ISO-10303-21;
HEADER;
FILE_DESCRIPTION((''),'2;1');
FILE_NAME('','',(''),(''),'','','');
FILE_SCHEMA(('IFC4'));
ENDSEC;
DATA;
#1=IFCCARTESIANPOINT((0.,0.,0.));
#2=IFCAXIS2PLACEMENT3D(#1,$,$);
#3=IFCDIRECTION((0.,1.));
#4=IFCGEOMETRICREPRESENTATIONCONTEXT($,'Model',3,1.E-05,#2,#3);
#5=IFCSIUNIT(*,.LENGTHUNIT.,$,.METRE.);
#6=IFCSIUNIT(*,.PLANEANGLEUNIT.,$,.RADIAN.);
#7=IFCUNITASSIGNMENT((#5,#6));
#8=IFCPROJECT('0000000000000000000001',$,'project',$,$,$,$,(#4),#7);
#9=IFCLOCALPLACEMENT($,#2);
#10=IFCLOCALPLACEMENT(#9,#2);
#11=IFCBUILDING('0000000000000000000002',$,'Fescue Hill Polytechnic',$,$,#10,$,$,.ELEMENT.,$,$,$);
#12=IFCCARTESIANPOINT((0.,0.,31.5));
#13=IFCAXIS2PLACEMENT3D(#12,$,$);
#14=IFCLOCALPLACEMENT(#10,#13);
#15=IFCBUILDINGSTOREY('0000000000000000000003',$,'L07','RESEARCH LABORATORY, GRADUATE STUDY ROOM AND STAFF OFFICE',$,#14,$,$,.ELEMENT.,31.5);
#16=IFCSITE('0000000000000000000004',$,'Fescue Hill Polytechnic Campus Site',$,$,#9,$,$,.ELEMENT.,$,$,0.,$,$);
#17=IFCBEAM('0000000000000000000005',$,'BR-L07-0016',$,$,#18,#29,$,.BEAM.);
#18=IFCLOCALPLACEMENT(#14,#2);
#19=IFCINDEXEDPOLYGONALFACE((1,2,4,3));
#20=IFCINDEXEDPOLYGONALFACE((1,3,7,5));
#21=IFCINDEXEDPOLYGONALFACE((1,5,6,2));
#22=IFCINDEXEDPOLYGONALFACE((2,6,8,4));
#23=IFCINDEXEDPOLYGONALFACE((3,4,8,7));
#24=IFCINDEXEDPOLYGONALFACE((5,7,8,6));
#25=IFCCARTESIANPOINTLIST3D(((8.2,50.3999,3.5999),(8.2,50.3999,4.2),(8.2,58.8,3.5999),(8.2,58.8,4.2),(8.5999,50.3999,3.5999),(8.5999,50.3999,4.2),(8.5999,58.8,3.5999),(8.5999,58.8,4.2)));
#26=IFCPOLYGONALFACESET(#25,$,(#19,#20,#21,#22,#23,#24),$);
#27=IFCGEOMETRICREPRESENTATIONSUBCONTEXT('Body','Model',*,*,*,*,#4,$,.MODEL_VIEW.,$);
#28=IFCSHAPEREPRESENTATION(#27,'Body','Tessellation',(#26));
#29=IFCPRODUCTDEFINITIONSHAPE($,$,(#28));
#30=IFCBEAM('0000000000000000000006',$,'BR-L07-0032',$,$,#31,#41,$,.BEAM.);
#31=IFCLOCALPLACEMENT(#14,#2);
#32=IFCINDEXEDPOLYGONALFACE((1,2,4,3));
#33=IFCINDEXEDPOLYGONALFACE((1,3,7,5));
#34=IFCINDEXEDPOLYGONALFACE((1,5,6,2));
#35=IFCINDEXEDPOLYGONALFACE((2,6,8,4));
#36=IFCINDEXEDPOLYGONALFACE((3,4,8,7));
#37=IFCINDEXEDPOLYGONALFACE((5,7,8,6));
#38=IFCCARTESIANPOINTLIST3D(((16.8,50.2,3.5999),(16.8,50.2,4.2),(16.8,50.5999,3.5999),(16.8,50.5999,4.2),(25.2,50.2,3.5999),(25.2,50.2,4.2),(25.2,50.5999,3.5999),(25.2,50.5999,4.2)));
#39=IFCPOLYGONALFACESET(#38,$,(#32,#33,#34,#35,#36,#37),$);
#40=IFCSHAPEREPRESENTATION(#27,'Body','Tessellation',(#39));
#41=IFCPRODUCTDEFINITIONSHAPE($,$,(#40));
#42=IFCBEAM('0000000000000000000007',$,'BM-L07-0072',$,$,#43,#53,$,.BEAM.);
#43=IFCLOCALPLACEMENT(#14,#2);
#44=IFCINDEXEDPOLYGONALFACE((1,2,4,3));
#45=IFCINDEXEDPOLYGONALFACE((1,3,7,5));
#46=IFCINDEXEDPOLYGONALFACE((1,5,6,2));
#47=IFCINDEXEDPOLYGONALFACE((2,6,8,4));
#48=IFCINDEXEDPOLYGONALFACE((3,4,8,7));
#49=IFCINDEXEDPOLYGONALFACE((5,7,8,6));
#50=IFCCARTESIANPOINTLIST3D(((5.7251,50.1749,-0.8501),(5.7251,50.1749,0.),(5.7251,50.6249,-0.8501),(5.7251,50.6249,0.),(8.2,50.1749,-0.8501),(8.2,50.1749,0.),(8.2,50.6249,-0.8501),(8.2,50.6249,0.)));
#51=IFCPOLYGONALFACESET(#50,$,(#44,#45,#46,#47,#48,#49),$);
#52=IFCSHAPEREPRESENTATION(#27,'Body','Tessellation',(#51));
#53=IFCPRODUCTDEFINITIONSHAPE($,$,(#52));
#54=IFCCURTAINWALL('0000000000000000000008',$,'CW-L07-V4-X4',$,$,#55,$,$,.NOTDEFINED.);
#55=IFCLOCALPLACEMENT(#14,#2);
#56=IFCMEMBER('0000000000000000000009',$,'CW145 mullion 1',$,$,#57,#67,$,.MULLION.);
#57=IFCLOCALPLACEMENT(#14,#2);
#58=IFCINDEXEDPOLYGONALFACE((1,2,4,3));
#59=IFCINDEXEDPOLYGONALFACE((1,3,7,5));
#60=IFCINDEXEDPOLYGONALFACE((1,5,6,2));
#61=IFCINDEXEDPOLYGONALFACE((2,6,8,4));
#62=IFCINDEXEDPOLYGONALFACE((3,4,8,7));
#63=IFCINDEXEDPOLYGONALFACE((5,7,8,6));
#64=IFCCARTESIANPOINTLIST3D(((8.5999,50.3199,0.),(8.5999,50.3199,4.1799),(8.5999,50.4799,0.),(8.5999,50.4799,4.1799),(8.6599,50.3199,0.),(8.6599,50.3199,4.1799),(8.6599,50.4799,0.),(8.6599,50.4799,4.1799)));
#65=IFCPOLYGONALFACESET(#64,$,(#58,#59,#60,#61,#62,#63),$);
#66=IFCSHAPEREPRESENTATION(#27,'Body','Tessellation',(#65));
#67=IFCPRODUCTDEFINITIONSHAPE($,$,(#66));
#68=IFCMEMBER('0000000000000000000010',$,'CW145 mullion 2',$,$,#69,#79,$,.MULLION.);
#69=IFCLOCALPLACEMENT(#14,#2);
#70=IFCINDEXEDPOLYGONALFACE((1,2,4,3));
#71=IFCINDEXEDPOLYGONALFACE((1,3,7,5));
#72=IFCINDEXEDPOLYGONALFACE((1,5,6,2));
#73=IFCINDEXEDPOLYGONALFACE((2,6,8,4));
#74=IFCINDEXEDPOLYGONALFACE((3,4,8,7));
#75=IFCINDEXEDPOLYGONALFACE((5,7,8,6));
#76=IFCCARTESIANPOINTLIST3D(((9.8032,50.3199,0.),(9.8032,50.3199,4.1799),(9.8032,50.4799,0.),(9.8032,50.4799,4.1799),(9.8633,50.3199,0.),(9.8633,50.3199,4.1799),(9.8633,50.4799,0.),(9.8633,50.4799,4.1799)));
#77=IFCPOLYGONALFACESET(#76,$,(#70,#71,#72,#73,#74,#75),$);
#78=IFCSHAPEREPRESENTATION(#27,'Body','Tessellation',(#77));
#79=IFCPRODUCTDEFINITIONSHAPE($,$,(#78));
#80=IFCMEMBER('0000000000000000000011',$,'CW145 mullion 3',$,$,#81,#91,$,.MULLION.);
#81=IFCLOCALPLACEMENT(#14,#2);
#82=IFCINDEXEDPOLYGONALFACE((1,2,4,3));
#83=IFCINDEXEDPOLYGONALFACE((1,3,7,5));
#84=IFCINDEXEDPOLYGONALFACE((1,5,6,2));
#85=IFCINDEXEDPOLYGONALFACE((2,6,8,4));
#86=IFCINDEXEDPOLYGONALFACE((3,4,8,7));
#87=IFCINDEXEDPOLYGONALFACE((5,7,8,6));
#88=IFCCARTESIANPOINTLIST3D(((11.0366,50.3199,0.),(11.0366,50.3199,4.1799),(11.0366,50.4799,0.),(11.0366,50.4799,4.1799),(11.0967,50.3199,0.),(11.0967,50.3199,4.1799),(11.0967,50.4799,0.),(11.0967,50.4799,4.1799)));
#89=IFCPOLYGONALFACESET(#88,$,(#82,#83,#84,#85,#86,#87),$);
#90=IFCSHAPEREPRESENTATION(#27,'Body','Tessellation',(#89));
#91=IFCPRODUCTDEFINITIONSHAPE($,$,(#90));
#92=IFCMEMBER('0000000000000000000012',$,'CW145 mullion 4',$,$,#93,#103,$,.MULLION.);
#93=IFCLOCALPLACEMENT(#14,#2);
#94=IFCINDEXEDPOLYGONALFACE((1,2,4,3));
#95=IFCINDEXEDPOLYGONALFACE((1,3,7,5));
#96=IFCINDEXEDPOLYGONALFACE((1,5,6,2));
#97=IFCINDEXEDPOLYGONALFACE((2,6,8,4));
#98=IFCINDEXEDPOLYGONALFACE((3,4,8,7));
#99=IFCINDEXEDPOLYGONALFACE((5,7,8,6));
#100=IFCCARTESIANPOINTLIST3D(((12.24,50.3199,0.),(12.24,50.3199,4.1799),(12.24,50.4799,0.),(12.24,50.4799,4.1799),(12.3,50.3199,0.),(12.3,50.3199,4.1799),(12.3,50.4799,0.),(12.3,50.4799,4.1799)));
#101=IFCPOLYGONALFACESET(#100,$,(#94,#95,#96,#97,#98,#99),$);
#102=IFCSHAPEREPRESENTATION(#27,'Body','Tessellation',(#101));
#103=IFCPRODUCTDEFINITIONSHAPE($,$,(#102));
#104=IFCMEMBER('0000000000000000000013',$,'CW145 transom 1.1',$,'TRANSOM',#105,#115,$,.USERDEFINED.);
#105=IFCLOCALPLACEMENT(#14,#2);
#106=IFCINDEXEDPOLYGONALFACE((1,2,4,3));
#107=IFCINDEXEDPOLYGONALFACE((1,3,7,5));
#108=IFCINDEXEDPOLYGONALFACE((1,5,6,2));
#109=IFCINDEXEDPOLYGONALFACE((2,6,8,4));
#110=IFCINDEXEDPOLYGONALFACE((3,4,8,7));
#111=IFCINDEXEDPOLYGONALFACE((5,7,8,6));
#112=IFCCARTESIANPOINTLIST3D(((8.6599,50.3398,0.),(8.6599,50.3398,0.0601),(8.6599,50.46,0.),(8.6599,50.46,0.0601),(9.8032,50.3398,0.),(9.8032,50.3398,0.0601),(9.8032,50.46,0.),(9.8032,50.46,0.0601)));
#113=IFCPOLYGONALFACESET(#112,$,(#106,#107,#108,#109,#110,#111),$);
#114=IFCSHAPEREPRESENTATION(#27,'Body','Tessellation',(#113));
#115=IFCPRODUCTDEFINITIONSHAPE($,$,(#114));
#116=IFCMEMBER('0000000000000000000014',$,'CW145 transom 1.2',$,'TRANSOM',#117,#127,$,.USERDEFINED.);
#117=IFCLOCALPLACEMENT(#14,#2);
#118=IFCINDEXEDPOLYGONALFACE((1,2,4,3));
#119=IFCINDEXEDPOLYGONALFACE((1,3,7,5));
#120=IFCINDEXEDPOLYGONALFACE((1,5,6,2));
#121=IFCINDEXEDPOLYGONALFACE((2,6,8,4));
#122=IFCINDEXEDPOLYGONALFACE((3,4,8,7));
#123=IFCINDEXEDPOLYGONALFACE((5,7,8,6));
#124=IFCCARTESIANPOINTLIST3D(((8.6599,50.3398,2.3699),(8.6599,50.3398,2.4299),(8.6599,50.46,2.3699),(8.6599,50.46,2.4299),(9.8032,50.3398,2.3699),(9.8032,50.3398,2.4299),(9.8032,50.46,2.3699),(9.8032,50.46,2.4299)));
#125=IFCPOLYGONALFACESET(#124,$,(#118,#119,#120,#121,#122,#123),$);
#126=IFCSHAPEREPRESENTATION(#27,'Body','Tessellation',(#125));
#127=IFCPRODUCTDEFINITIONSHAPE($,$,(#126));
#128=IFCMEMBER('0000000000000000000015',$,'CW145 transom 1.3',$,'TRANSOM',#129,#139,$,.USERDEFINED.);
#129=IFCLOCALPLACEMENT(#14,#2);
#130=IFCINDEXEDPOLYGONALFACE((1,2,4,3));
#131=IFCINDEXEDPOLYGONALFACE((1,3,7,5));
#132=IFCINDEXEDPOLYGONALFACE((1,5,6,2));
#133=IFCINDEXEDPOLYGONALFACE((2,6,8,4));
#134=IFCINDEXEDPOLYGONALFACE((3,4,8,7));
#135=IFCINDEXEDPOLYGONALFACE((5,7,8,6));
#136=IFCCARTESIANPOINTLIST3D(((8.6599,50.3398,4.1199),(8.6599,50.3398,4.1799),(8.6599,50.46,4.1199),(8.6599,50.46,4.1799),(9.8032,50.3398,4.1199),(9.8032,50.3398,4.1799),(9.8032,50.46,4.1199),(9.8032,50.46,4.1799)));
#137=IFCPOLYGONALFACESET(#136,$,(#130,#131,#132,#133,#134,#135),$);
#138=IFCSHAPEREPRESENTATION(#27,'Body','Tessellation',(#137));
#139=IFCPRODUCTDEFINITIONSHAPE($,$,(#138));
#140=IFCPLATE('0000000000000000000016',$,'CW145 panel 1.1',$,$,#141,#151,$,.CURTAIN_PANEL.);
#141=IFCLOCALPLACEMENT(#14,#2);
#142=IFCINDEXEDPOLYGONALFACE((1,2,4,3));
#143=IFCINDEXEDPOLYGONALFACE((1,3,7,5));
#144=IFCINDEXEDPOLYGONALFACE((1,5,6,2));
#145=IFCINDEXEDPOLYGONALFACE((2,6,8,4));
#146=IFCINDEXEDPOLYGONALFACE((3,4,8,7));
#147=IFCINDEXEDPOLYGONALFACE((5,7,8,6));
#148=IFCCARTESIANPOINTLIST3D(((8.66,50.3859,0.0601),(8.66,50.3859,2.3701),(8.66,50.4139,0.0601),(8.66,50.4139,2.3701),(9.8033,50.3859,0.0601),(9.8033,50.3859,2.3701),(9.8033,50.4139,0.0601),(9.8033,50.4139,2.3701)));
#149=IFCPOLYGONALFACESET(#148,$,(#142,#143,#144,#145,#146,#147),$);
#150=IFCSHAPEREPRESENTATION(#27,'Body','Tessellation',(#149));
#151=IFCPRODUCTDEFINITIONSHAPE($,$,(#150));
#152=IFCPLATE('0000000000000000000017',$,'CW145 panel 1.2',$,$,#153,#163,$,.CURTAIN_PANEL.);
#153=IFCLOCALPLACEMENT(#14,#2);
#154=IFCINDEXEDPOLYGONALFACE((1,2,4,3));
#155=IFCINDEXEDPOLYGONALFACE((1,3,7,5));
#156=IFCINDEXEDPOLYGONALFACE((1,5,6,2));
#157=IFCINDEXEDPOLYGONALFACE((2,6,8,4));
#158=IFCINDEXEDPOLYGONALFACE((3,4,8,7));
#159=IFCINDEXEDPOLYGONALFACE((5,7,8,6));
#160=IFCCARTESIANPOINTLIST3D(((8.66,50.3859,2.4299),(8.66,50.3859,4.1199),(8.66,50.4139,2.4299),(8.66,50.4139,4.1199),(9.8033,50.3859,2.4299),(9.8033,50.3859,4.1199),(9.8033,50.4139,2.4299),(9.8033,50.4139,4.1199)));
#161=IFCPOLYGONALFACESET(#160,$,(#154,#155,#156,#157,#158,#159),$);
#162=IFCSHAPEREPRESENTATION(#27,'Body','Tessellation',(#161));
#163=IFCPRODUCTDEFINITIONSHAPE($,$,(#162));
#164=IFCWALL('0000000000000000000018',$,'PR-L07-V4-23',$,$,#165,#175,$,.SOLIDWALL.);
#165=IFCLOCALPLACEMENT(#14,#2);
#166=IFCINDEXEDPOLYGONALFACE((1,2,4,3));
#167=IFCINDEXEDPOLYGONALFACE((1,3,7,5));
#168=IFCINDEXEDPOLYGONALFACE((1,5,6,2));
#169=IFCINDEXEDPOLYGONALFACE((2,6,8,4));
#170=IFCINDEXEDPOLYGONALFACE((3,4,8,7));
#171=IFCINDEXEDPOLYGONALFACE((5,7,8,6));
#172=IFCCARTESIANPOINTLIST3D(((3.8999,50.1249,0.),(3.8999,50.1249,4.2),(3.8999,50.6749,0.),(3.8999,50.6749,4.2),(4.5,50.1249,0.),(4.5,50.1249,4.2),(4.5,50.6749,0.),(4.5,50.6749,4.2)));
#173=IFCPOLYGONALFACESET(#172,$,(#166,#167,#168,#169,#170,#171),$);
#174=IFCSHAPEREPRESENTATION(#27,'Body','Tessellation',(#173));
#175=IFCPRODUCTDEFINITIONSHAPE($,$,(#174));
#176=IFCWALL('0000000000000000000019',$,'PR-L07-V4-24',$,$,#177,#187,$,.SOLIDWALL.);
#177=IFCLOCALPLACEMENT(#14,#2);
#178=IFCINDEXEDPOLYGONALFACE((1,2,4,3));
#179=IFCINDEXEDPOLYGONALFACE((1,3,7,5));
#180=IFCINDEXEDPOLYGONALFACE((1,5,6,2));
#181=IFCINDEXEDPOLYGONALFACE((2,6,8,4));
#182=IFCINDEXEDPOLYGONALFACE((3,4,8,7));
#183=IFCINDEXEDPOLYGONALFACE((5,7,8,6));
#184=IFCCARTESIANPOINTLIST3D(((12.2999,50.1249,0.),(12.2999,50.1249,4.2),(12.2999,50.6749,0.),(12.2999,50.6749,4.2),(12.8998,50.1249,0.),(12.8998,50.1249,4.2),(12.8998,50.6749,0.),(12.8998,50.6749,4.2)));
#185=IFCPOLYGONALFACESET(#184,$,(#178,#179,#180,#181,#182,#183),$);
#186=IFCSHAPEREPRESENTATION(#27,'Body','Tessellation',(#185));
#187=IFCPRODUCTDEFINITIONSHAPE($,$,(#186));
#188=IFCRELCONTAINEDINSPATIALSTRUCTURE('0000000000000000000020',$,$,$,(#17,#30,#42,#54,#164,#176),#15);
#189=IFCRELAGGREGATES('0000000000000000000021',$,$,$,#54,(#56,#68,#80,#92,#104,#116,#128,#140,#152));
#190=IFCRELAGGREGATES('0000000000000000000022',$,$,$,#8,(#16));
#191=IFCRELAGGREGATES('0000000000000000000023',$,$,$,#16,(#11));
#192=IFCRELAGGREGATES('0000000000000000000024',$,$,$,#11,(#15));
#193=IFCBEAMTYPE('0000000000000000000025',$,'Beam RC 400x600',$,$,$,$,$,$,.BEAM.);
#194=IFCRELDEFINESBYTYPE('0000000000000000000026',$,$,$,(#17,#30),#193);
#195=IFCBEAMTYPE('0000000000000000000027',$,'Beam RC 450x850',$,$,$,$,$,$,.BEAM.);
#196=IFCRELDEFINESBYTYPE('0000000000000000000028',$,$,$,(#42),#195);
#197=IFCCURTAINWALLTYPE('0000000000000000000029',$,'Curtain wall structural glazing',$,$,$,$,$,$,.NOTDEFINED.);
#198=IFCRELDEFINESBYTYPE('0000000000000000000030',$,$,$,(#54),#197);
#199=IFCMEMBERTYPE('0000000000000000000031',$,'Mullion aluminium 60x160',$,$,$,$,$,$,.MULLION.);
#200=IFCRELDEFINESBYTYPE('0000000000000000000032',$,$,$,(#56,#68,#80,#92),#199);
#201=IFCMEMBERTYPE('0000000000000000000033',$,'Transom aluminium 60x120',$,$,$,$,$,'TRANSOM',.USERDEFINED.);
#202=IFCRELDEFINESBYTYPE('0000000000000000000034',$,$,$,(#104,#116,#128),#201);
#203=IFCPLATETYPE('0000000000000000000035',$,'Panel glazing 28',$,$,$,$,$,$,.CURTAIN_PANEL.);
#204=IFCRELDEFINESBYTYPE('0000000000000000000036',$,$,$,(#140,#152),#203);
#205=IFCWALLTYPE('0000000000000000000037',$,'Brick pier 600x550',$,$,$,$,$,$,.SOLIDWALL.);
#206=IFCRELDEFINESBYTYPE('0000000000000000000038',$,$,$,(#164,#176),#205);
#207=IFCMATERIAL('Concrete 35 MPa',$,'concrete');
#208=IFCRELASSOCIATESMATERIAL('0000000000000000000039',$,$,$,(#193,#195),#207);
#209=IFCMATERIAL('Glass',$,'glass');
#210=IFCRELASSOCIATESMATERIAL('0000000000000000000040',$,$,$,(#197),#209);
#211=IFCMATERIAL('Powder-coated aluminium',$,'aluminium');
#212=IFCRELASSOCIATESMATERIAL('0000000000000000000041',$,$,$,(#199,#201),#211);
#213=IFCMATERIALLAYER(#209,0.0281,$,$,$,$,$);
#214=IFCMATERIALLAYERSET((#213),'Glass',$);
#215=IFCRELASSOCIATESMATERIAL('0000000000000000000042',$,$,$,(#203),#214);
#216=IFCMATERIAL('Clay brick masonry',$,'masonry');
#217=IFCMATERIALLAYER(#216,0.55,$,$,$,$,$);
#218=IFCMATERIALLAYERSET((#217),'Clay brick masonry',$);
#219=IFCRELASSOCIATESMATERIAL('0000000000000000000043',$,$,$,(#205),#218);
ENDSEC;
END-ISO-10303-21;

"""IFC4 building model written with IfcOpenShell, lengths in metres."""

from ifc_helpers import new_model, si_unit, direction, frame, frame_2d, origin, origin_2d, place, context, subcontext, project, spatial, rectangle, extrude, material, layer, layer_set, material_profile, profile_set, type_object, element, aggregate, save


model = new_model("IFC4")

# Units and contexts
model_context = context("Model", 3, precision=1e-05, world=origin(), true_north=direction((0.0, 1.0)))
body_context = subcontext(model_context, "Body", "Model", "MODEL_VIEW")
ifc_project = project(units=[si_unit("LENGTHUNIT", "METRE"), si_unit("PLANEANGLEUNIT", "RADIAN")], contexts=[model_context])

# Site, building, storey
site_placement = place(None, origin())
site = spatial("IfcSite", under=ifc_project, at=site_placement, Name="Fescue Hill Polytechnic Campus Site", CompositionType="ELEMENT", RefElevation=0.0)
building_placement = place(site_placement, origin())
building = spatial("IfcBuilding", under=site, at=building_placement, Name="Fescue Hill Polytechnic", CompositionType="ELEMENT")
storey_placement = place(building_placement, frame((0.0, 0.0, 31.5)))
storey = spatial("IfcBuildingStorey", under=building, at=storey_placement, Name="L07", Description="RESEARCH LABORATORY, GRADUATE STUDY ROOM AND STAFF OFFICE", CompositionType="ELEMENT", Elevation=31.5)

# Beams
ifc_material_1 = material(Name="Concrete 35 MPa", Category="concrete")
ifc_material_profile_1 = material_profile(ifc_material_1, rectangle(XDim=0.3999, YDim=0.6001, at=origin_2d()), Name="RC 400x600")
ifc_profile_set_1 = profile_set([ifc_material_profile_1], Name="Concrete 35 MPa")
beam_type_1 = type_object("IfcBeamType", Name="Beam RC 400x600", PredefinedType="BEAM", material=ifc_profile_set_1)
beam_1_placement = place(storey_placement, frame((8.3999, 50.3999, 3.8999), z_axis=(0.0, 1.0, 0.0), x_axis=(-1.0, 0.0, 0.0)))
element("IfcBeam", 1, at=beam_1_placement, inside=storey, type_object=beam_type_1, Name="BR-L07-0016", PredefinedType="BEAM", context=body_context, shape_type="SweptSolid", body=[
    extrude(rectangle(XDim=0.3999, YDim=0.6001, at=origin_2d()), origin(), (0.0, 0.0, 1.0), 8.4001),
])
beam_2_placement = place(storey_placement, frame((16.8, 50.3999, 3.8999), z_axis=(1.0, 0.0, 0.0), x_axis=(0.0, 1.0, 0.0)))
element("IfcBeam", 2, at=beam_2_placement, inside=storey, type_object=beam_type_1, Name="BR-L07-0032", PredefinedType="BEAM", context=body_context, shape_type="SweptSolid", body=[
    extrude(rectangle(XDim=0.3999, YDim=0.6001, at=origin_2d()), origin(), (0.0, 0.0, 1.0), 8.3999),
])
ifc_material_profile_2 = material_profile(ifc_material_1, rectangle(XDim=0.45, YDim=0.8501, at=origin_2d()), Name="RC 450x850")
ifc_profile_set_2 = profile_set([ifc_material_profile_2], Name="Concrete 35 MPa")
beam_type_2 = type_object("IfcBeamType", Name="Beam RC 450x850", PredefinedType="BEAM", material=ifc_profile_set_2)
beam_3_placement = place(storey_placement, frame((5.7251, 50.3999, -0.425), z_axis=(1.0, 0.0, 0.0), x_axis=(0.0, 1.0, 0.0)))
element("IfcBeam", 3, at=beam_3_placement, inside=storey, type_object=beam_type_2, Name="BM-L07-0072", PredefinedType="BEAM", context=body_context, shape_type="SweptSolid", body=[
    extrude(rectangle(XDim=0.45, YDim=0.8501, at=origin_2d()), origin(), (0.0, 0.0, 1.0), 2.4749),
])

# Curtain wall, members, plates
ifc_material_2 = material(Name="Glass", Category="glass")
curtain_wall_type = type_object("IfcCurtainWallType", Name="Curtain wall structural glazing", PredefinedType="NOTDEFINED", material=ifc_material_2)
curtain_wall_placement = place(storey_placement, origin())
curtain_wall = element("IfcCurtainWall", 4, at=curtain_wall_placement, inside=storey, type_object=curtain_wall_type, Name="CW-L07-V4-X4", PredefinedType="NOTDEFINED")
ifc_material_3 = material(Name="Powder-coated aluminium", Category="aluminium")
ifc_material_profile_3 = material_profile(ifc_material_3, rectangle(XDim=0.1599, YDim=0.0601, at=origin_2d()), Name="Mullion aluminium 60x160")
ifc_profile_set_3 = profile_set([ifc_material_profile_3], Name="Powder-coated aluminium")
member_type_1 = type_object("IfcMemberType", Name="Mullion aluminium 60x160", PredefinedType="MULLION", material=ifc_profile_set_3)
member_1_placement = place(storey_placement, frame((8.6299, 50.3999, 0.0), z_axis=(0.0, 0.0, 1.0), x_axis=(0.0, 1.0, 0.0)))
member_1 = element("IfcMember", 5, at=member_1_placement, type_object=member_type_1, Name="CW145 mullion 1", PredefinedType="MULLION", context=body_context, shape_type="SweptSolid", body=[
    extrude(rectangle(XDim=0.1599, YDim=0.0601, at=origin_2d()), origin(), (0.0, 0.0, 1.0), 4.1799),
])
member_2_placement = place(storey_placement, frame((9.8333, 50.3999, 0.0), z_axis=(0.0, 0.0, 1.0), x_axis=(0.0, 1.0, 0.0)))
member_2 = element("IfcMember", 6, at=member_2_placement, type_object=member_type_1, Name="CW145 mullion 2", PredefinedType="MULLION", context=body_context, shape_type="SweptSolid", body=[
    extrude(rectangle(XDim=0.1599, YDim=0.0601, at=origin_2d()), origin(), (0.0, 0.0, 1.0), 4.1799),
])
member_3_placement = place(storey_placement, frame((11.0667, 50.3999, 0.0), z_axis=(0.0, 0.0, 1.0), x_axis=(0.0, 1.0, 0.0)))
member_3 = element("IfcMember", 7, at=member_3_placement, type_object=member_type_1, Name="CW145 mullion 3", PredefinedType="MULLION", context=body_context, shape_type="SweptSolid", body=[
    extrude(rectangle(XDim=0.1599, YDim=0.0601, at=origin_2d()), origin(), (0.0, 0.0, 1.0), 4.1799),
])
member_4_placement = place(storey_placement, frame((12.27, 50.3999, 0.0), z_axis=(0.0, 0.0, 1.0), x_axis=(0.0, 1.0, 0.0)))
member_4 = element("IfcMember", 8, at=member_4_placement, type_object=member_type_1, Name="CW145 mullion 4", PredefinedType="MULLION", context=body_context, shape_type="SweptSolid", body=[
    extrude(rectangle(XDim=0.1599, YDim=0.0601, at=origin_2d()), origin(), (0.0, 0.0, 1.0), 4.1799),
])
ifc_material_profile_4 = material_profile(ifc_material_3, rectangle(XDim=0.1201, YDim=0.0601, at=origin_2d()), Name="Transom aluminium 60x120")
ifc_profile_set_4 = profile_set([ifc_material_profile_4], Name="Powder-coated aluminium")
member_type_2 = type_object("IfcMemberType", Name="Transom aluminium 60x120", ElementType="TRANSOM", PredefinedType="USERDEFINED", material=ifc_profile_set_4)
member_5_placement = place(storey_placement, frame((8.6599, 50.3999, 0.03), z_axis=(1.0, 0.0, 0.0), x_axis=(0.0, 1.0, 0.0)))
member_5 = element("IfcMember", 9, at=member_5_placement, type_object=member_type_2, Name="CW145 transom 1.1", ObjectType="TRANSOM", PredefinedType="USERDEFINED", context=body_context, shape_type="SweptSolid", body=[
    extrude(rectangle(XDim=0.1201, YDim=0.0601, at=origin_2d()), origin(), (0.0, 0.0, 1.0), 1.1433),
])
member_6_placement = place(storey_placement, frame((8.6599, 50.3999, 2.3999), z_axis=(1.0, 0.0, 0.0), x_axis=(0.0, 1.0, 0.0)))
member_6 = element("IfcMember", 10, at=member_6_placement, type_object=member_type_2, Name="CW145 transom 1.2", ObjectType="TRANSOM", PredefinedType="USERDEFINED", context=body_context, shape_type="SweptSolid", body=[
    extrude(rectangle(XDim=0.1201, YDim=0.0601, at=origin_2d()), origin(), (0.0, 0.0, 1.0), 1.1433),
])
member_7_placement = place(storey_placement, frame((8.6599, 50.3999, 4.1499), z_axis=(1.0, 0.0, 0.0), x_axis=(0.0, 1.0, 0.0)))
member_7 = element("IfcMember", 11, at=member_7_placement, type_object=member_type_2, Name="CW145 transom 1.3", ObjectType="TRANSOM", PredefinedType="USERDEFINED", context=body_context, shape_type="SweptSolid", body=[
    extrude(rectangle(XDim=0.1201, YDim=0.0601, at=origin_2d()), origin(), (0.0, 0.0, 1.0), 1.1433),
])
ifc_layer_1 = layer(ifc_material_2, 0.0281)
ifc_layer_set_1 = layer_set([ifc_layer_1], Name="Glass")
plate_type = type_object("IfcPlateType", Name="Panel glazing 28", PredefinedType="CURTAIN_PANEL", material=ifc_layer_set_1)
plate_1_placement = place(storey_placement, frame((9.2317, 50.3999, 0.0601), z_axis=(0.0, 0.0, 1.0), x_axis=(1.0, 0.0, 0.0)))
plate_1 = element("IfcPlate", 12, at=plate_1_placement, type_object=plate_type, Name="CW145 panel 1.1", PredefinedType="CURTAIN_PANEL", context=body_context, shape_type="SweptSolid", body=[
    extrude(rectangle(XDim=1.1433, YDim=0.0281, at=origin_2d()), origin(), (0.0, 0.0, 1.0), 2.3101),
])
plate_2_placement = place(storey_placement, frame((9.2317, 50.3999, 2.4299), z_axis=(0.0, 0.0, 1.0), x_axis=(1.0, 0.0, 0.0)))
plate_2 = element("IfcPlate", 13, at=plate_2_placement, type_object=plate_type, Name="CW145 panel 1.2", PredefinedType="CURTAIN_PANEL", context=body_context, shape_type="SweptSolid", body=[
    extrude(rectangle(XDim=1.1433, YDim=0.0281, at=origin_2d()), origin(), (0.0, 0.0, 1.0), 1.6899),
])
aggregate(curtain_wall, [member_1, member_2, member_3, member_4, member_5, member_6, member_7, plate_1, plate_2])

# Walls
ifc_material_4 = material(Name="Clay brick masonry", Category="masonry")
ifc_layer_2 = layer(ifc_material_4, 0.55)
ifc_layer_set_2 = layer_set([ifc_layer_2], Name="Clay brick masonry")
wall_type_1 = type_object("IfcWallType", Name="Brick pier 600x550", PredefinedType="SOLIDWALL", material=ifc_layer_set_2)
wall_1_placement = place(storey_placement, frame((3.8999, 50.3999, 0.0), z_axis=(0.0, 0.0, 1.0), x_axis=(1.0, 0.0, 0.0)))
element("IfcWall", 14, at=wall_1_placement, inside=storey, type_object=wall_type_1, Name="PR-L07-V4-23", PredefinedType="SOLIDWALL", context=body_context, shape_type="SweptSolid", body=[
    extrude(rectangle(XDim=0.6001, YDim=0.55, at=frame_2d((0.3, 0.0))), origin(), (0.0, 0.0, 1.0), 4.2),
])
wall_2_placement = place(storey_placement, frame((12.3, 50.3999, 0.0), z_axis=(0.0, 0.0, 1.0), x_axis=(1.0, 0.0, 0.0)))
element("IfcWall", 15, at=wall_2_placement, inside=storey, type_object=wall_type_1, Name="PR-L07-V4-24", PredefinedType="SOLIDWALL", context=body_context, shape_type="SweptSolid", body=[
    extrude(rectangle(XDim=0.5999, YDim=0.55, at=frame_2d((0.2998, 0.0))), origin(), (0.0, 0.0, 1.0), 4.2),
])

save(model, "model.ifc")
